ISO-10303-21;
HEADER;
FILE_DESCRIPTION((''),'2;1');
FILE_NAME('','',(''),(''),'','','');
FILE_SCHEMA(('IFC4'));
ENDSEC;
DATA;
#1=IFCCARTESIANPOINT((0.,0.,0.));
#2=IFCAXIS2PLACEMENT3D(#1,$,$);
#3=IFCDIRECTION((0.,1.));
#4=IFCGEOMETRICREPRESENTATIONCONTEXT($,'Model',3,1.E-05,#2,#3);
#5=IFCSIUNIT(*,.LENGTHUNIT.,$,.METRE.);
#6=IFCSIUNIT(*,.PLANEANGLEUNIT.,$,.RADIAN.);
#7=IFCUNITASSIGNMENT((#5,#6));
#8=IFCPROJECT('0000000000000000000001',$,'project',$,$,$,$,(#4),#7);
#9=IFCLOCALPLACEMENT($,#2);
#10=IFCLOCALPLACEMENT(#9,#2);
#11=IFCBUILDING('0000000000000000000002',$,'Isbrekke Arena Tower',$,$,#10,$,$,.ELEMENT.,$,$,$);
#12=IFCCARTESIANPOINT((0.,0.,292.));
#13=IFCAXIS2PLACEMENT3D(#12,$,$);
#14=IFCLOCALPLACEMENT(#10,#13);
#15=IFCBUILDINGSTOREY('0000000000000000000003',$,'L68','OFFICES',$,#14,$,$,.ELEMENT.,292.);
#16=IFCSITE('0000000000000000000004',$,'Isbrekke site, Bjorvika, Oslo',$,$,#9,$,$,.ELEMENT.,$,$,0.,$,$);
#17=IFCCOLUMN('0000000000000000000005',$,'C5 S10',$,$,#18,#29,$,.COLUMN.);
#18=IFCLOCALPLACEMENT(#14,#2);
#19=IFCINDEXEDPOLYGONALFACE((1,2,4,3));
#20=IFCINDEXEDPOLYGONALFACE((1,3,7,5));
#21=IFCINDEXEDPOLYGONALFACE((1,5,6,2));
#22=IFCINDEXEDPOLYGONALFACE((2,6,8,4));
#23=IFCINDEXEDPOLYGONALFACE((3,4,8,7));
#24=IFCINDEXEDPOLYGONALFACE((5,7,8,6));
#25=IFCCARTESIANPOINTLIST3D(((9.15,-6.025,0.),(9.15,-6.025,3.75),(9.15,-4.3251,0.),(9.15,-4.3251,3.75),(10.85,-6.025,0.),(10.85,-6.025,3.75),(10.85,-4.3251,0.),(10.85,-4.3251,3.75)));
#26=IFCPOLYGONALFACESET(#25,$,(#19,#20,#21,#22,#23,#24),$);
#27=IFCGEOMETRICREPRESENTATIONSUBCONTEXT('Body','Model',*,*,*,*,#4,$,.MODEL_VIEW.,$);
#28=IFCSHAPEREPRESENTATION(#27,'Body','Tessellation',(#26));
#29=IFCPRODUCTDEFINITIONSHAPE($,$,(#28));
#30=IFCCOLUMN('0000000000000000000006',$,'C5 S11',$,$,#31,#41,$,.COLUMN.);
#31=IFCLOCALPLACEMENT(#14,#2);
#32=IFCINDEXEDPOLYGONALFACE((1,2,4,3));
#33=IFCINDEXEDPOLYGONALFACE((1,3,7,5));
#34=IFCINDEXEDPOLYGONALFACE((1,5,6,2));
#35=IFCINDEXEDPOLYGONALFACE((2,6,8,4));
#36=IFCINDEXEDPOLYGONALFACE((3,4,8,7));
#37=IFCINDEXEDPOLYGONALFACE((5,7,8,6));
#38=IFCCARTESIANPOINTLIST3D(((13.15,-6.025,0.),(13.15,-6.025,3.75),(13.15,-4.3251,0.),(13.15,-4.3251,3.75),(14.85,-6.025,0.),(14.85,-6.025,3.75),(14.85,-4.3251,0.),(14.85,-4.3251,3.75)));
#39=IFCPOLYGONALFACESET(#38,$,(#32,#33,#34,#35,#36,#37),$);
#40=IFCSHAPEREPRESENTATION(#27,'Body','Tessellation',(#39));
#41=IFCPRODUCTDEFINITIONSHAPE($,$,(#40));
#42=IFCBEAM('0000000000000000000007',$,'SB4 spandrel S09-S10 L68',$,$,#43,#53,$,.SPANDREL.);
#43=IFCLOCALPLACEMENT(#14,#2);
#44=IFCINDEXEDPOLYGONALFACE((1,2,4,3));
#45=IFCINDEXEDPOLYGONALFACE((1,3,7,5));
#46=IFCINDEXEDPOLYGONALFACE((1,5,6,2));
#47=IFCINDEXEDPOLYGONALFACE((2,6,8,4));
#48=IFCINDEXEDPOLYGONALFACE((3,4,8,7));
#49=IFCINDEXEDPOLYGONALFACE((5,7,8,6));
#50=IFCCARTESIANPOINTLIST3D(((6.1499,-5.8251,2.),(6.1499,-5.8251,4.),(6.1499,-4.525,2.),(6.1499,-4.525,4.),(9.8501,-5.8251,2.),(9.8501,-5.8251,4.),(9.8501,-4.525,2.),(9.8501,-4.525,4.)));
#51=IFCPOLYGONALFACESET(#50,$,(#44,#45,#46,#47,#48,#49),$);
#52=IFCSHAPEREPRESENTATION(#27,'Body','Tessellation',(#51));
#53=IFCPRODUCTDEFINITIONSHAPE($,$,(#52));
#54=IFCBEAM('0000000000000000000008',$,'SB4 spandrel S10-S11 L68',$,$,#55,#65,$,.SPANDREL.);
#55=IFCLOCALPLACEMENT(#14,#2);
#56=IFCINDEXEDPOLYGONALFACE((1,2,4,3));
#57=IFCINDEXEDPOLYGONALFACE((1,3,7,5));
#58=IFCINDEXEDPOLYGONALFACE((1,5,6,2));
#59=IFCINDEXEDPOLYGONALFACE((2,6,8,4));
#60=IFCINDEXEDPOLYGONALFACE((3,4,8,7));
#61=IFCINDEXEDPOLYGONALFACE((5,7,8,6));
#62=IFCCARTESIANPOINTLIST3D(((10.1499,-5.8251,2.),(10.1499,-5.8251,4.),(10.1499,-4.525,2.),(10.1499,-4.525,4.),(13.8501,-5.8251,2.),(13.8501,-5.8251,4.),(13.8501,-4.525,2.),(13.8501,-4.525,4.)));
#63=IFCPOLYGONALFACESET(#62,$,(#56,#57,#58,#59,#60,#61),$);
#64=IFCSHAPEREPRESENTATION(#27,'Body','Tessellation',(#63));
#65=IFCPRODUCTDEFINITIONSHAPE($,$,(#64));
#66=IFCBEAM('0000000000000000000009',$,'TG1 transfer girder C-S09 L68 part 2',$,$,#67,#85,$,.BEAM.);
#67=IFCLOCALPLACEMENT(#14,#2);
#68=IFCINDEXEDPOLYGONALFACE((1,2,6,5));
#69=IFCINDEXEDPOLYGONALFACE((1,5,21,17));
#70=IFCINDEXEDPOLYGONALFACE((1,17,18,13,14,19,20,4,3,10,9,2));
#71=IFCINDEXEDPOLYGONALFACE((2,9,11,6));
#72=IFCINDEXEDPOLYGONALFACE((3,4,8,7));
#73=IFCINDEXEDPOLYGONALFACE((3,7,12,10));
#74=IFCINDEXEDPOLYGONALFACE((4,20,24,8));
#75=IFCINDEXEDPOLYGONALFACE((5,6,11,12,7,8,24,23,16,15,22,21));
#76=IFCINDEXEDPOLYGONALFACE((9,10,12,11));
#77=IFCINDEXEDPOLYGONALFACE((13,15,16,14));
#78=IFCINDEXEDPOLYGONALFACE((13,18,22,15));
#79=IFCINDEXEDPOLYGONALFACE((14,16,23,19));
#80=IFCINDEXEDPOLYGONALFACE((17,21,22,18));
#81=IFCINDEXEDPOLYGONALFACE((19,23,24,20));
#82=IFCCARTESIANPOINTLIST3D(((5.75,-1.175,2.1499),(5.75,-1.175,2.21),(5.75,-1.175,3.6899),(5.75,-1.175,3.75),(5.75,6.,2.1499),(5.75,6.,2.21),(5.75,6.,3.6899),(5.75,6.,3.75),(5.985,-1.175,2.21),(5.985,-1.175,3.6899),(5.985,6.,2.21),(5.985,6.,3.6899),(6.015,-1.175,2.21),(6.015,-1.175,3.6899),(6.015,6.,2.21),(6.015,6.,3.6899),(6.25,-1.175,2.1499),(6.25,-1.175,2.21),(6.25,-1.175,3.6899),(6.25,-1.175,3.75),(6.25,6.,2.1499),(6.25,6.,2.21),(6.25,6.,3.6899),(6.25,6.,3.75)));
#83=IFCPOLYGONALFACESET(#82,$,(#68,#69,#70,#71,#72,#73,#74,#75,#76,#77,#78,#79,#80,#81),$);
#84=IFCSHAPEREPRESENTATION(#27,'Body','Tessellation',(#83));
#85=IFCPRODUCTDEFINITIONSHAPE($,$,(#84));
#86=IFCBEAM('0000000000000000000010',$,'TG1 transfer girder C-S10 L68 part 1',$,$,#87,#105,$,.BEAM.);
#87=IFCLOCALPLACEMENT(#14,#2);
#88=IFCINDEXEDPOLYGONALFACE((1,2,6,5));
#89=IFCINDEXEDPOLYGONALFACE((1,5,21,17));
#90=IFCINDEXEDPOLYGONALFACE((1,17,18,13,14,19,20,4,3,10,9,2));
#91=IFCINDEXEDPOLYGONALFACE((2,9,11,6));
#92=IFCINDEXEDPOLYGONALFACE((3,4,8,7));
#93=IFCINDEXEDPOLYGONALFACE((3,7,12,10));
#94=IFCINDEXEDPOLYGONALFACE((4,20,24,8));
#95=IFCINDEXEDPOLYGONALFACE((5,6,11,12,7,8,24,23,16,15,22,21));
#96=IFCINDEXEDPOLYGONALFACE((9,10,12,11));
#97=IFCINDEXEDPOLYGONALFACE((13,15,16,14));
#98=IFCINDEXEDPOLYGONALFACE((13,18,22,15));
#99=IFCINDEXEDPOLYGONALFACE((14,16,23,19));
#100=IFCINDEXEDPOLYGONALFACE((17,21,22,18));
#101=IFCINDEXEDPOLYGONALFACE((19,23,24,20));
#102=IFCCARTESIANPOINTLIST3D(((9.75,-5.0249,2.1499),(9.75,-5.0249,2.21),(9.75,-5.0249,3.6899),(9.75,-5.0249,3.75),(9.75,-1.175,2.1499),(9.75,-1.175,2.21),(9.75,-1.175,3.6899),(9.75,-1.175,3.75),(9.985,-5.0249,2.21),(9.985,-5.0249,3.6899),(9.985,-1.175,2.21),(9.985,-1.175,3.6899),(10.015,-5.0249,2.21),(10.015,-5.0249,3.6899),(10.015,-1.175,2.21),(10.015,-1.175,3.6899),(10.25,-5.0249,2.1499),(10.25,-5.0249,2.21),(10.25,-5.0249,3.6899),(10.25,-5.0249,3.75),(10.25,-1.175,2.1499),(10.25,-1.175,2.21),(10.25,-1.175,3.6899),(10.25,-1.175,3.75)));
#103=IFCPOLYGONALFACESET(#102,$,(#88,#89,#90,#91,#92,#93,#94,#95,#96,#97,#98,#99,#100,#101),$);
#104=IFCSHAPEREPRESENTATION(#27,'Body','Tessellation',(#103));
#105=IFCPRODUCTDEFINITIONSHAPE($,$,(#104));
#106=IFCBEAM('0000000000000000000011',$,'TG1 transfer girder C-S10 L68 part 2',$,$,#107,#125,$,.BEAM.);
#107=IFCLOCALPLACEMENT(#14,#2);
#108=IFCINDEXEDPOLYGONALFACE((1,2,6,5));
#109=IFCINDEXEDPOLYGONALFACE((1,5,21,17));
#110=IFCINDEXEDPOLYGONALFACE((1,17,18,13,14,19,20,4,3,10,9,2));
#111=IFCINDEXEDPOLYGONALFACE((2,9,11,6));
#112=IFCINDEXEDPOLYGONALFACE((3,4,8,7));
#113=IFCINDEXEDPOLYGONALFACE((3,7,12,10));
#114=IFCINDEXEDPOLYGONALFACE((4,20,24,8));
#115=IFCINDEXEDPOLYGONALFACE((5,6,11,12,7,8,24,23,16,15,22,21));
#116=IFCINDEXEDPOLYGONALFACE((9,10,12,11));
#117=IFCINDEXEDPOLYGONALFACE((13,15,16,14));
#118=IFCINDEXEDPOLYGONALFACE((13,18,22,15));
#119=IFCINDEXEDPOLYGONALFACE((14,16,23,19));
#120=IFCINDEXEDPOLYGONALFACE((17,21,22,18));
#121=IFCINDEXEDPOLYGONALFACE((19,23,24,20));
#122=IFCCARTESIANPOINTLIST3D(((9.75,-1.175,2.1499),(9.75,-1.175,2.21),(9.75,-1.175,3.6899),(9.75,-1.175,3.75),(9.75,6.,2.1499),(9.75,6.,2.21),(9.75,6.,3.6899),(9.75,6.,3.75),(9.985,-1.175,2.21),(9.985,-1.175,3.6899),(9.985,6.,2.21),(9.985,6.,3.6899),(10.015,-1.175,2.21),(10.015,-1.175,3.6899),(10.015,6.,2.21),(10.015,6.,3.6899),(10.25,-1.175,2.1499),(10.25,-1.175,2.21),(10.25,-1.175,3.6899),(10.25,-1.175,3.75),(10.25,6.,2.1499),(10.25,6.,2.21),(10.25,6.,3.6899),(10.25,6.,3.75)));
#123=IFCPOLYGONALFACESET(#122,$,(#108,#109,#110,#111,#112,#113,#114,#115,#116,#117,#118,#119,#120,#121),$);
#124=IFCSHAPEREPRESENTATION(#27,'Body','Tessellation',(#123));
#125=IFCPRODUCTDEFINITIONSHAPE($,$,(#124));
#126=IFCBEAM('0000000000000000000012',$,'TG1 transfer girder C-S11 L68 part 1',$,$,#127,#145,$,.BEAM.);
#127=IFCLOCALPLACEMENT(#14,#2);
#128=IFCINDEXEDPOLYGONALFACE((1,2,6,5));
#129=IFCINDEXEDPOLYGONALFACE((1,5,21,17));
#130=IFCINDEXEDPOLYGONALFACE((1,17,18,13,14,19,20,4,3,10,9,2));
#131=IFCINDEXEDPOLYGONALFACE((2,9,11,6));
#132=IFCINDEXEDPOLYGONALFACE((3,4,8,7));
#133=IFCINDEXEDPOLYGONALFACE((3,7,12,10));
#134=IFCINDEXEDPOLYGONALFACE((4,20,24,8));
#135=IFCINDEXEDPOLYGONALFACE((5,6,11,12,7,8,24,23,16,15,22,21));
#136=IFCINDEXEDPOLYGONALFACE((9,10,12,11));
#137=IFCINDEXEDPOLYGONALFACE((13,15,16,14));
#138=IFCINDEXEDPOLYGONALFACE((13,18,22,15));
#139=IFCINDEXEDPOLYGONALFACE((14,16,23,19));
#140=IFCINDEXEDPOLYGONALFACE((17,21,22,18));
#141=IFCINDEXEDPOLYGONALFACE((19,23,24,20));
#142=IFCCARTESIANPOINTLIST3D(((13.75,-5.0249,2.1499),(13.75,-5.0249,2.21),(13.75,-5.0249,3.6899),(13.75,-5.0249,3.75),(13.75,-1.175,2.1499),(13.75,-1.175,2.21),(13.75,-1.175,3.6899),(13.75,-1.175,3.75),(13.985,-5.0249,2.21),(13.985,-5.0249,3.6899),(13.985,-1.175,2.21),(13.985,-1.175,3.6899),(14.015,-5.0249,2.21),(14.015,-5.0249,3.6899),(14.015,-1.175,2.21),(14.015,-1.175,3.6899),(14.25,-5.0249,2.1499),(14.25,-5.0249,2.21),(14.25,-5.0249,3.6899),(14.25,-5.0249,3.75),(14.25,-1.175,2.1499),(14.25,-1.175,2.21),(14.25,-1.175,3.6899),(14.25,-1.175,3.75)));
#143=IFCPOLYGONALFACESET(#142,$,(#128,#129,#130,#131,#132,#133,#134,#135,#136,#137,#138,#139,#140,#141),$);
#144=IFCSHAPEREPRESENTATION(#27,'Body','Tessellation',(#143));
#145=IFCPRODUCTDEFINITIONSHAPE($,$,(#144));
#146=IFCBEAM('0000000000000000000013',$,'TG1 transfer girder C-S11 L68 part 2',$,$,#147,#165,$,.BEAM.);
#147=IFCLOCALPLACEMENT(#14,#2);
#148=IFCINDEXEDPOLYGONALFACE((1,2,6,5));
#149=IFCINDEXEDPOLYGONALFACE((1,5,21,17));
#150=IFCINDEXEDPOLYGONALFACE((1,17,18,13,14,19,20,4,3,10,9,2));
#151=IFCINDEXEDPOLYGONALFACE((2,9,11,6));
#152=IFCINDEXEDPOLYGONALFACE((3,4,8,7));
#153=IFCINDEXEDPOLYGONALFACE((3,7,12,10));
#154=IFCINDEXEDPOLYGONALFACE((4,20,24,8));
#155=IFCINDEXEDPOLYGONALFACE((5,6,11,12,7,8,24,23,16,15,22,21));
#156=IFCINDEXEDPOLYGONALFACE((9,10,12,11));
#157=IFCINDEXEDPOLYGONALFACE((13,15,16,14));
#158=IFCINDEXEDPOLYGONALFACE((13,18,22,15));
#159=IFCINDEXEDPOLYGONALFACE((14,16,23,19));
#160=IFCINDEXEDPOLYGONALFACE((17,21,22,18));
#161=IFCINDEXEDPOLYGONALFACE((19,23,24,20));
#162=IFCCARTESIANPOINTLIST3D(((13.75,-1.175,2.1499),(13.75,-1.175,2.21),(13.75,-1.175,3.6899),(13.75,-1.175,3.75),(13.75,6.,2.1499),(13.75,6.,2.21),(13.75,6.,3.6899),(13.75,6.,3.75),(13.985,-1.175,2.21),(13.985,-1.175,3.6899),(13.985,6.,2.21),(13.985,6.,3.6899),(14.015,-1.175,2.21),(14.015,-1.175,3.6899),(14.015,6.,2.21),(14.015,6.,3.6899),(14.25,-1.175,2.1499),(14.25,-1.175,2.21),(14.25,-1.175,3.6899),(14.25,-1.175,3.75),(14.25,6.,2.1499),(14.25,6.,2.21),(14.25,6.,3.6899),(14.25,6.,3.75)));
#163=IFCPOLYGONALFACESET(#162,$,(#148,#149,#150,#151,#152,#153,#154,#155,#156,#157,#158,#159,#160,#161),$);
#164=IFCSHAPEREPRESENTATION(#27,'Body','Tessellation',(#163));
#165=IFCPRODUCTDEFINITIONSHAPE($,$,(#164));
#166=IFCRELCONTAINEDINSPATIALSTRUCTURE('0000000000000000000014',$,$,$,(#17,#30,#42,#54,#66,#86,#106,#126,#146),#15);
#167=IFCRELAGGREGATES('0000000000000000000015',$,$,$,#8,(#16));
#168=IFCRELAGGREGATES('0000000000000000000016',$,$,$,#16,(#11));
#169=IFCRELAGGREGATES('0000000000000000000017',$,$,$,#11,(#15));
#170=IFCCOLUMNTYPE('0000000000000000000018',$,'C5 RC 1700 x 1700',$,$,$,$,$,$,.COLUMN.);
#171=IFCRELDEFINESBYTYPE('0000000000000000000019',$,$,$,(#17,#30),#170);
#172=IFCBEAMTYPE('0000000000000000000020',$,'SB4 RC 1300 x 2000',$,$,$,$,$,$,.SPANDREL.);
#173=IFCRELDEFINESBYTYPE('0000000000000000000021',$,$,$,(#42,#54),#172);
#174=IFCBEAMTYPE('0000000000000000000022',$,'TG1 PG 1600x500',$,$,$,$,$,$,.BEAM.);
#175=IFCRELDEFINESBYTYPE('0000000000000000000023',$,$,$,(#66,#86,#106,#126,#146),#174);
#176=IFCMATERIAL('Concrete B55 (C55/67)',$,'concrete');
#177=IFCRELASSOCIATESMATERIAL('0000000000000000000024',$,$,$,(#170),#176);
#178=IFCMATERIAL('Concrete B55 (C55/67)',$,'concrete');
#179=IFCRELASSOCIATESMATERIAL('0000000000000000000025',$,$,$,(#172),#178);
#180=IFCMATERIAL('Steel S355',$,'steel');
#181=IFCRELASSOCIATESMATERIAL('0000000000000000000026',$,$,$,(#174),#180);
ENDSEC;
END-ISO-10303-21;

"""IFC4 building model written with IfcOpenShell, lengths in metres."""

from ifc_helpers import new_model, si_unit, direction, frame, origin, origin_2d, place, context, subcontext, project, spatial, rectangle, i_section, extrude, material, material_profile, profile_set, type_object, element, save


model = new_model("IFC4")

# Units and contexts
model_context = context("Model", 3, precision=1e-05, world=origin(), true_north=direction((0.0, 1.0)))
body_context = subcontext(model_context, "Body", "Model", "MODEL_VIEW")
ifc_project = project(units=[si_unit("LENGTHUNIT", "METRE"), si_unit("PLANEANGLEUNIT", "RADIAN")], contexts=[model_context])

# Site, building, storey
site_placement = place(None, origin())
site = spatial("IfcSite", under=ifc_project, at=site_placement, Name="Isbrekke site, Bjorvika, Oslo", CompositionType="ELEMENT", RefElevation=0.0)
building_placement = place(site_placement, origin())
building = spatial("IfcBuilding", under=site, at=building_placement, Name="Isbrekke Arena Tower", CompositionType="ELEMENT")
storey_placement = place(building_placement, frame((0.0, 0.0, 292.0)))
storey = spatial("IfcBuildingStorey", under=building, at=storey_placement, Name="L68", Description="OFFICES", CompositionType="ELEMENT", Elevation=292.0)

# Columns
ifc_material_1 = material(Name="Concrete B55 (C55/67)", Category="concrete")
ifc_material_profile_1 = material_profile(ifc_material_1, rectangle(XDim=1.7, YDim=1.7, at=origin_2d()), Name="RC 1700x1700")
ifc_profile_set_1 = profile_set([ifc_material_profile_1], Name="Concrete B55 (C55/67)")
column_type = type_object("IfcColumnType", Name="C5 RC 1700 x 1700", PredefinedType="COLUMN", material=ifc_profile_set_1)
for number, where, z_axis, x_axis, name in (
    (1, (10.0, -5.175, 0.0), (0.0, 0.0, 1.0), (1.0, 0.0, 0.0), "C5 S10"),
    (2, (14.0, -5.175, 0.0), (0.0, 0.0, 1.0), (1.0, 0.0, 0.0), "C5 S11"),
):
    element("IfcColumn", number, at=place(storey_placement, frame(where, z_axis=z_axis, x_axis=x_axis)), inside=storey, type_object=column_type, Name=name, PredefinedType="COLUMN", context=body_context, shape_type="SweptSolid", body=[
        extrude(rectangle(XDim=1.7, YDim=1.7, at=origin_2d()), origin(), (0.0, 0.0, 1.0), 3.75),
    ])

# Beams
ifc_material_2 = material(Name="Concrete B55 (C55/67)", Category="concrete")
ifc_material_profile_2 = material_profile(ifc_material_2, rectangle(XDim=1.3, YDim=2.0, at=origin_2d()), Name="RC 1300x2000")
ifc_profile_set_2 = profile_set([ifc_material_profile_2], Name="Concrete B55 (C55/67)")
beam_type_1 = type_object("IfcBeamType", Name="SB4 RC 1300 x 2000", PredefinedType="SPANDREL", material=ifc_profile_set_2)
for number, where, z_axis, x_axis, name in (
    (3, (6.1499, -5.175, 3.0), (1.0, 0.0, 0.0), (0.0, 1.0, 0.0), "SB4 spandrel S09-S10 L68"),
    (4, (10.1499, -5.175, 3.0), (1.0, 0.0, 0.0), (0.0, 1.0, 0.0), "SB4 spandrel S10-S11 L68"),
):
    element("IfcBeam", number, at=place(storey_placement, frame(where, z_axis=z_axis, x_axis=x_axis)), inside=storey, type_object=beam_type_1, Name=name, PredefinedType="SPANDREL", context=body_context, shape_type="SweptSolid", body=[
        extrude(rectangle(XDim=1.3, YDim=2.0, at=origin_2d()), origin(), (0.0, 0.0, 1.0), 3.7002),
    ])
ifc_material_3 = material(Name="Steel S355", Category="steel")
ifc_material_profile_3 = material_profile(ifc_material_3, i_section(OverallWidth=0.5, OverallDepth=1.6001, WebThickness=0.03, FlangeThickness=0.0601, at=origin_2d()), Name="PG 1600x500")
ifc_profile_set_3 = profile_set([ifc_material_profile_3], Name="Steel S355")
beam_type_2 = type_object("IfcBeamType", Name="TG1 PG 1600x500", PredefinedType="BEAM", material=ifc_profile_set_3)
beam_1_placement = place(storey_placement, frame((6.0, -1.175, 2.95), z_axis=(0.0, 1.0, 0.0), x_axis=(-1.0, 0.0, 0.0)))
element("IfcBeam", 5, at=beam_1_placement, inside=storey, type_object=beam_type_2, Name="TG1 transfer girder C-S09 L68 part 2", PredefinedType="BEAM", context=body_context, shape_type="SweptSolid", body=[
    extrude(i_section(OverallWidth=0.5, OverallDepth=1.6001, WebThickness=0.03, FlangeThickness=0.0601, at=origin_2d()), origin(), (0.0, 0.0, 1.0), 7.175),
])
beam_2_placement = place(storey_placement, frame((10.0, -5.0249, 2.95), z_axis=(0.0, 1.0, 0.0), x_axis=(-1.0, 0.0, 0.0)))
element("IfcBeam", 6, at=beam_2_placement, inside=storey, type_object=beam_type_2, Name="TG1 transfer girder C-S10 L68 part 1", PredefinedType="BEAM", context=body_context, shape_type="SweptSolid", body=[
    extrude(i_section(OverallWidth=0.5, OverallDepth=1.6001, WebThickness=0.03, FlangeThickness=0.0601, at=origin_2d()), origin(), (0.0, 0.0, 1.0), 3.8499),
])
beam_3_placement = place(storey_placement, frame((10.0, -1.175, 2.95), z_axis=(0.0, 1.0, 0.0), x_axis=(-1.0, 0.0, 0.0)))
element("IfcBeam", 7, at=beam_3_placement, inside=storey, type_object=beam_type_2, Name="TG1 transfer girder C-S10 L68 part 2", PredefinedType="BEAM", context=body_context, shape_type="SweptSolid", body=[
    extrude(i_section(OverallWidth=0.5, OverallDepth=1.6001, WebThickness=0.03, FlangeThickness=0.0601, at=origin_2d()), origin(), (0.0, 0.0, 1.0), 7.175),
])
beam_4_placement = place(storey_placement, frame((14.0, -5.0249, 2.95), z_axis=(0.0, 1.0, 0.0), x_axis=(-1.0, 0.0, 0.0)))
element("IfcBeam", 8, at=beam_4_placement, inside=storey, type_object=beam_type_2, Name="TG1 transfer girder C-S11 L68 part 1", PredefinedType="BEAM", context=body_context, shape_type="SweptSolid", body=[
    extrude(i_section(OverallWidth=0.5, OverallDepth=1.6001, WebThickness=0.03, FlangeThickness=0.0601, at=origin_2d()), origin(), (0.0, 0.0, 1.0), 3.8499),
])
beam_5_placement = place(storey_placement, frame((14.0, -1.175, 2.95), z_axis=(0.0, 1.0, 0.0), x_axis=(-1.0, 0.0, 0.0)))
element("IfcBeam", 9, at=beam_5_placement, inside=storey, type_object=beam_type_2, Name="TG1 transfer girder C-S11 L68 part 2", PredefinedType="BEAM", context=body_context, shape_type="SweptSolid", body=[
    extrude(i_section(OverallWidth=0.5, OverallDepth=1.6001, WebThickness=0.03, FlangeThickness=0.0601, at=origin_2d()), origin(), (0.0, 0.0, 1.0), 7.175),
])

save(model, "model.ifc")
